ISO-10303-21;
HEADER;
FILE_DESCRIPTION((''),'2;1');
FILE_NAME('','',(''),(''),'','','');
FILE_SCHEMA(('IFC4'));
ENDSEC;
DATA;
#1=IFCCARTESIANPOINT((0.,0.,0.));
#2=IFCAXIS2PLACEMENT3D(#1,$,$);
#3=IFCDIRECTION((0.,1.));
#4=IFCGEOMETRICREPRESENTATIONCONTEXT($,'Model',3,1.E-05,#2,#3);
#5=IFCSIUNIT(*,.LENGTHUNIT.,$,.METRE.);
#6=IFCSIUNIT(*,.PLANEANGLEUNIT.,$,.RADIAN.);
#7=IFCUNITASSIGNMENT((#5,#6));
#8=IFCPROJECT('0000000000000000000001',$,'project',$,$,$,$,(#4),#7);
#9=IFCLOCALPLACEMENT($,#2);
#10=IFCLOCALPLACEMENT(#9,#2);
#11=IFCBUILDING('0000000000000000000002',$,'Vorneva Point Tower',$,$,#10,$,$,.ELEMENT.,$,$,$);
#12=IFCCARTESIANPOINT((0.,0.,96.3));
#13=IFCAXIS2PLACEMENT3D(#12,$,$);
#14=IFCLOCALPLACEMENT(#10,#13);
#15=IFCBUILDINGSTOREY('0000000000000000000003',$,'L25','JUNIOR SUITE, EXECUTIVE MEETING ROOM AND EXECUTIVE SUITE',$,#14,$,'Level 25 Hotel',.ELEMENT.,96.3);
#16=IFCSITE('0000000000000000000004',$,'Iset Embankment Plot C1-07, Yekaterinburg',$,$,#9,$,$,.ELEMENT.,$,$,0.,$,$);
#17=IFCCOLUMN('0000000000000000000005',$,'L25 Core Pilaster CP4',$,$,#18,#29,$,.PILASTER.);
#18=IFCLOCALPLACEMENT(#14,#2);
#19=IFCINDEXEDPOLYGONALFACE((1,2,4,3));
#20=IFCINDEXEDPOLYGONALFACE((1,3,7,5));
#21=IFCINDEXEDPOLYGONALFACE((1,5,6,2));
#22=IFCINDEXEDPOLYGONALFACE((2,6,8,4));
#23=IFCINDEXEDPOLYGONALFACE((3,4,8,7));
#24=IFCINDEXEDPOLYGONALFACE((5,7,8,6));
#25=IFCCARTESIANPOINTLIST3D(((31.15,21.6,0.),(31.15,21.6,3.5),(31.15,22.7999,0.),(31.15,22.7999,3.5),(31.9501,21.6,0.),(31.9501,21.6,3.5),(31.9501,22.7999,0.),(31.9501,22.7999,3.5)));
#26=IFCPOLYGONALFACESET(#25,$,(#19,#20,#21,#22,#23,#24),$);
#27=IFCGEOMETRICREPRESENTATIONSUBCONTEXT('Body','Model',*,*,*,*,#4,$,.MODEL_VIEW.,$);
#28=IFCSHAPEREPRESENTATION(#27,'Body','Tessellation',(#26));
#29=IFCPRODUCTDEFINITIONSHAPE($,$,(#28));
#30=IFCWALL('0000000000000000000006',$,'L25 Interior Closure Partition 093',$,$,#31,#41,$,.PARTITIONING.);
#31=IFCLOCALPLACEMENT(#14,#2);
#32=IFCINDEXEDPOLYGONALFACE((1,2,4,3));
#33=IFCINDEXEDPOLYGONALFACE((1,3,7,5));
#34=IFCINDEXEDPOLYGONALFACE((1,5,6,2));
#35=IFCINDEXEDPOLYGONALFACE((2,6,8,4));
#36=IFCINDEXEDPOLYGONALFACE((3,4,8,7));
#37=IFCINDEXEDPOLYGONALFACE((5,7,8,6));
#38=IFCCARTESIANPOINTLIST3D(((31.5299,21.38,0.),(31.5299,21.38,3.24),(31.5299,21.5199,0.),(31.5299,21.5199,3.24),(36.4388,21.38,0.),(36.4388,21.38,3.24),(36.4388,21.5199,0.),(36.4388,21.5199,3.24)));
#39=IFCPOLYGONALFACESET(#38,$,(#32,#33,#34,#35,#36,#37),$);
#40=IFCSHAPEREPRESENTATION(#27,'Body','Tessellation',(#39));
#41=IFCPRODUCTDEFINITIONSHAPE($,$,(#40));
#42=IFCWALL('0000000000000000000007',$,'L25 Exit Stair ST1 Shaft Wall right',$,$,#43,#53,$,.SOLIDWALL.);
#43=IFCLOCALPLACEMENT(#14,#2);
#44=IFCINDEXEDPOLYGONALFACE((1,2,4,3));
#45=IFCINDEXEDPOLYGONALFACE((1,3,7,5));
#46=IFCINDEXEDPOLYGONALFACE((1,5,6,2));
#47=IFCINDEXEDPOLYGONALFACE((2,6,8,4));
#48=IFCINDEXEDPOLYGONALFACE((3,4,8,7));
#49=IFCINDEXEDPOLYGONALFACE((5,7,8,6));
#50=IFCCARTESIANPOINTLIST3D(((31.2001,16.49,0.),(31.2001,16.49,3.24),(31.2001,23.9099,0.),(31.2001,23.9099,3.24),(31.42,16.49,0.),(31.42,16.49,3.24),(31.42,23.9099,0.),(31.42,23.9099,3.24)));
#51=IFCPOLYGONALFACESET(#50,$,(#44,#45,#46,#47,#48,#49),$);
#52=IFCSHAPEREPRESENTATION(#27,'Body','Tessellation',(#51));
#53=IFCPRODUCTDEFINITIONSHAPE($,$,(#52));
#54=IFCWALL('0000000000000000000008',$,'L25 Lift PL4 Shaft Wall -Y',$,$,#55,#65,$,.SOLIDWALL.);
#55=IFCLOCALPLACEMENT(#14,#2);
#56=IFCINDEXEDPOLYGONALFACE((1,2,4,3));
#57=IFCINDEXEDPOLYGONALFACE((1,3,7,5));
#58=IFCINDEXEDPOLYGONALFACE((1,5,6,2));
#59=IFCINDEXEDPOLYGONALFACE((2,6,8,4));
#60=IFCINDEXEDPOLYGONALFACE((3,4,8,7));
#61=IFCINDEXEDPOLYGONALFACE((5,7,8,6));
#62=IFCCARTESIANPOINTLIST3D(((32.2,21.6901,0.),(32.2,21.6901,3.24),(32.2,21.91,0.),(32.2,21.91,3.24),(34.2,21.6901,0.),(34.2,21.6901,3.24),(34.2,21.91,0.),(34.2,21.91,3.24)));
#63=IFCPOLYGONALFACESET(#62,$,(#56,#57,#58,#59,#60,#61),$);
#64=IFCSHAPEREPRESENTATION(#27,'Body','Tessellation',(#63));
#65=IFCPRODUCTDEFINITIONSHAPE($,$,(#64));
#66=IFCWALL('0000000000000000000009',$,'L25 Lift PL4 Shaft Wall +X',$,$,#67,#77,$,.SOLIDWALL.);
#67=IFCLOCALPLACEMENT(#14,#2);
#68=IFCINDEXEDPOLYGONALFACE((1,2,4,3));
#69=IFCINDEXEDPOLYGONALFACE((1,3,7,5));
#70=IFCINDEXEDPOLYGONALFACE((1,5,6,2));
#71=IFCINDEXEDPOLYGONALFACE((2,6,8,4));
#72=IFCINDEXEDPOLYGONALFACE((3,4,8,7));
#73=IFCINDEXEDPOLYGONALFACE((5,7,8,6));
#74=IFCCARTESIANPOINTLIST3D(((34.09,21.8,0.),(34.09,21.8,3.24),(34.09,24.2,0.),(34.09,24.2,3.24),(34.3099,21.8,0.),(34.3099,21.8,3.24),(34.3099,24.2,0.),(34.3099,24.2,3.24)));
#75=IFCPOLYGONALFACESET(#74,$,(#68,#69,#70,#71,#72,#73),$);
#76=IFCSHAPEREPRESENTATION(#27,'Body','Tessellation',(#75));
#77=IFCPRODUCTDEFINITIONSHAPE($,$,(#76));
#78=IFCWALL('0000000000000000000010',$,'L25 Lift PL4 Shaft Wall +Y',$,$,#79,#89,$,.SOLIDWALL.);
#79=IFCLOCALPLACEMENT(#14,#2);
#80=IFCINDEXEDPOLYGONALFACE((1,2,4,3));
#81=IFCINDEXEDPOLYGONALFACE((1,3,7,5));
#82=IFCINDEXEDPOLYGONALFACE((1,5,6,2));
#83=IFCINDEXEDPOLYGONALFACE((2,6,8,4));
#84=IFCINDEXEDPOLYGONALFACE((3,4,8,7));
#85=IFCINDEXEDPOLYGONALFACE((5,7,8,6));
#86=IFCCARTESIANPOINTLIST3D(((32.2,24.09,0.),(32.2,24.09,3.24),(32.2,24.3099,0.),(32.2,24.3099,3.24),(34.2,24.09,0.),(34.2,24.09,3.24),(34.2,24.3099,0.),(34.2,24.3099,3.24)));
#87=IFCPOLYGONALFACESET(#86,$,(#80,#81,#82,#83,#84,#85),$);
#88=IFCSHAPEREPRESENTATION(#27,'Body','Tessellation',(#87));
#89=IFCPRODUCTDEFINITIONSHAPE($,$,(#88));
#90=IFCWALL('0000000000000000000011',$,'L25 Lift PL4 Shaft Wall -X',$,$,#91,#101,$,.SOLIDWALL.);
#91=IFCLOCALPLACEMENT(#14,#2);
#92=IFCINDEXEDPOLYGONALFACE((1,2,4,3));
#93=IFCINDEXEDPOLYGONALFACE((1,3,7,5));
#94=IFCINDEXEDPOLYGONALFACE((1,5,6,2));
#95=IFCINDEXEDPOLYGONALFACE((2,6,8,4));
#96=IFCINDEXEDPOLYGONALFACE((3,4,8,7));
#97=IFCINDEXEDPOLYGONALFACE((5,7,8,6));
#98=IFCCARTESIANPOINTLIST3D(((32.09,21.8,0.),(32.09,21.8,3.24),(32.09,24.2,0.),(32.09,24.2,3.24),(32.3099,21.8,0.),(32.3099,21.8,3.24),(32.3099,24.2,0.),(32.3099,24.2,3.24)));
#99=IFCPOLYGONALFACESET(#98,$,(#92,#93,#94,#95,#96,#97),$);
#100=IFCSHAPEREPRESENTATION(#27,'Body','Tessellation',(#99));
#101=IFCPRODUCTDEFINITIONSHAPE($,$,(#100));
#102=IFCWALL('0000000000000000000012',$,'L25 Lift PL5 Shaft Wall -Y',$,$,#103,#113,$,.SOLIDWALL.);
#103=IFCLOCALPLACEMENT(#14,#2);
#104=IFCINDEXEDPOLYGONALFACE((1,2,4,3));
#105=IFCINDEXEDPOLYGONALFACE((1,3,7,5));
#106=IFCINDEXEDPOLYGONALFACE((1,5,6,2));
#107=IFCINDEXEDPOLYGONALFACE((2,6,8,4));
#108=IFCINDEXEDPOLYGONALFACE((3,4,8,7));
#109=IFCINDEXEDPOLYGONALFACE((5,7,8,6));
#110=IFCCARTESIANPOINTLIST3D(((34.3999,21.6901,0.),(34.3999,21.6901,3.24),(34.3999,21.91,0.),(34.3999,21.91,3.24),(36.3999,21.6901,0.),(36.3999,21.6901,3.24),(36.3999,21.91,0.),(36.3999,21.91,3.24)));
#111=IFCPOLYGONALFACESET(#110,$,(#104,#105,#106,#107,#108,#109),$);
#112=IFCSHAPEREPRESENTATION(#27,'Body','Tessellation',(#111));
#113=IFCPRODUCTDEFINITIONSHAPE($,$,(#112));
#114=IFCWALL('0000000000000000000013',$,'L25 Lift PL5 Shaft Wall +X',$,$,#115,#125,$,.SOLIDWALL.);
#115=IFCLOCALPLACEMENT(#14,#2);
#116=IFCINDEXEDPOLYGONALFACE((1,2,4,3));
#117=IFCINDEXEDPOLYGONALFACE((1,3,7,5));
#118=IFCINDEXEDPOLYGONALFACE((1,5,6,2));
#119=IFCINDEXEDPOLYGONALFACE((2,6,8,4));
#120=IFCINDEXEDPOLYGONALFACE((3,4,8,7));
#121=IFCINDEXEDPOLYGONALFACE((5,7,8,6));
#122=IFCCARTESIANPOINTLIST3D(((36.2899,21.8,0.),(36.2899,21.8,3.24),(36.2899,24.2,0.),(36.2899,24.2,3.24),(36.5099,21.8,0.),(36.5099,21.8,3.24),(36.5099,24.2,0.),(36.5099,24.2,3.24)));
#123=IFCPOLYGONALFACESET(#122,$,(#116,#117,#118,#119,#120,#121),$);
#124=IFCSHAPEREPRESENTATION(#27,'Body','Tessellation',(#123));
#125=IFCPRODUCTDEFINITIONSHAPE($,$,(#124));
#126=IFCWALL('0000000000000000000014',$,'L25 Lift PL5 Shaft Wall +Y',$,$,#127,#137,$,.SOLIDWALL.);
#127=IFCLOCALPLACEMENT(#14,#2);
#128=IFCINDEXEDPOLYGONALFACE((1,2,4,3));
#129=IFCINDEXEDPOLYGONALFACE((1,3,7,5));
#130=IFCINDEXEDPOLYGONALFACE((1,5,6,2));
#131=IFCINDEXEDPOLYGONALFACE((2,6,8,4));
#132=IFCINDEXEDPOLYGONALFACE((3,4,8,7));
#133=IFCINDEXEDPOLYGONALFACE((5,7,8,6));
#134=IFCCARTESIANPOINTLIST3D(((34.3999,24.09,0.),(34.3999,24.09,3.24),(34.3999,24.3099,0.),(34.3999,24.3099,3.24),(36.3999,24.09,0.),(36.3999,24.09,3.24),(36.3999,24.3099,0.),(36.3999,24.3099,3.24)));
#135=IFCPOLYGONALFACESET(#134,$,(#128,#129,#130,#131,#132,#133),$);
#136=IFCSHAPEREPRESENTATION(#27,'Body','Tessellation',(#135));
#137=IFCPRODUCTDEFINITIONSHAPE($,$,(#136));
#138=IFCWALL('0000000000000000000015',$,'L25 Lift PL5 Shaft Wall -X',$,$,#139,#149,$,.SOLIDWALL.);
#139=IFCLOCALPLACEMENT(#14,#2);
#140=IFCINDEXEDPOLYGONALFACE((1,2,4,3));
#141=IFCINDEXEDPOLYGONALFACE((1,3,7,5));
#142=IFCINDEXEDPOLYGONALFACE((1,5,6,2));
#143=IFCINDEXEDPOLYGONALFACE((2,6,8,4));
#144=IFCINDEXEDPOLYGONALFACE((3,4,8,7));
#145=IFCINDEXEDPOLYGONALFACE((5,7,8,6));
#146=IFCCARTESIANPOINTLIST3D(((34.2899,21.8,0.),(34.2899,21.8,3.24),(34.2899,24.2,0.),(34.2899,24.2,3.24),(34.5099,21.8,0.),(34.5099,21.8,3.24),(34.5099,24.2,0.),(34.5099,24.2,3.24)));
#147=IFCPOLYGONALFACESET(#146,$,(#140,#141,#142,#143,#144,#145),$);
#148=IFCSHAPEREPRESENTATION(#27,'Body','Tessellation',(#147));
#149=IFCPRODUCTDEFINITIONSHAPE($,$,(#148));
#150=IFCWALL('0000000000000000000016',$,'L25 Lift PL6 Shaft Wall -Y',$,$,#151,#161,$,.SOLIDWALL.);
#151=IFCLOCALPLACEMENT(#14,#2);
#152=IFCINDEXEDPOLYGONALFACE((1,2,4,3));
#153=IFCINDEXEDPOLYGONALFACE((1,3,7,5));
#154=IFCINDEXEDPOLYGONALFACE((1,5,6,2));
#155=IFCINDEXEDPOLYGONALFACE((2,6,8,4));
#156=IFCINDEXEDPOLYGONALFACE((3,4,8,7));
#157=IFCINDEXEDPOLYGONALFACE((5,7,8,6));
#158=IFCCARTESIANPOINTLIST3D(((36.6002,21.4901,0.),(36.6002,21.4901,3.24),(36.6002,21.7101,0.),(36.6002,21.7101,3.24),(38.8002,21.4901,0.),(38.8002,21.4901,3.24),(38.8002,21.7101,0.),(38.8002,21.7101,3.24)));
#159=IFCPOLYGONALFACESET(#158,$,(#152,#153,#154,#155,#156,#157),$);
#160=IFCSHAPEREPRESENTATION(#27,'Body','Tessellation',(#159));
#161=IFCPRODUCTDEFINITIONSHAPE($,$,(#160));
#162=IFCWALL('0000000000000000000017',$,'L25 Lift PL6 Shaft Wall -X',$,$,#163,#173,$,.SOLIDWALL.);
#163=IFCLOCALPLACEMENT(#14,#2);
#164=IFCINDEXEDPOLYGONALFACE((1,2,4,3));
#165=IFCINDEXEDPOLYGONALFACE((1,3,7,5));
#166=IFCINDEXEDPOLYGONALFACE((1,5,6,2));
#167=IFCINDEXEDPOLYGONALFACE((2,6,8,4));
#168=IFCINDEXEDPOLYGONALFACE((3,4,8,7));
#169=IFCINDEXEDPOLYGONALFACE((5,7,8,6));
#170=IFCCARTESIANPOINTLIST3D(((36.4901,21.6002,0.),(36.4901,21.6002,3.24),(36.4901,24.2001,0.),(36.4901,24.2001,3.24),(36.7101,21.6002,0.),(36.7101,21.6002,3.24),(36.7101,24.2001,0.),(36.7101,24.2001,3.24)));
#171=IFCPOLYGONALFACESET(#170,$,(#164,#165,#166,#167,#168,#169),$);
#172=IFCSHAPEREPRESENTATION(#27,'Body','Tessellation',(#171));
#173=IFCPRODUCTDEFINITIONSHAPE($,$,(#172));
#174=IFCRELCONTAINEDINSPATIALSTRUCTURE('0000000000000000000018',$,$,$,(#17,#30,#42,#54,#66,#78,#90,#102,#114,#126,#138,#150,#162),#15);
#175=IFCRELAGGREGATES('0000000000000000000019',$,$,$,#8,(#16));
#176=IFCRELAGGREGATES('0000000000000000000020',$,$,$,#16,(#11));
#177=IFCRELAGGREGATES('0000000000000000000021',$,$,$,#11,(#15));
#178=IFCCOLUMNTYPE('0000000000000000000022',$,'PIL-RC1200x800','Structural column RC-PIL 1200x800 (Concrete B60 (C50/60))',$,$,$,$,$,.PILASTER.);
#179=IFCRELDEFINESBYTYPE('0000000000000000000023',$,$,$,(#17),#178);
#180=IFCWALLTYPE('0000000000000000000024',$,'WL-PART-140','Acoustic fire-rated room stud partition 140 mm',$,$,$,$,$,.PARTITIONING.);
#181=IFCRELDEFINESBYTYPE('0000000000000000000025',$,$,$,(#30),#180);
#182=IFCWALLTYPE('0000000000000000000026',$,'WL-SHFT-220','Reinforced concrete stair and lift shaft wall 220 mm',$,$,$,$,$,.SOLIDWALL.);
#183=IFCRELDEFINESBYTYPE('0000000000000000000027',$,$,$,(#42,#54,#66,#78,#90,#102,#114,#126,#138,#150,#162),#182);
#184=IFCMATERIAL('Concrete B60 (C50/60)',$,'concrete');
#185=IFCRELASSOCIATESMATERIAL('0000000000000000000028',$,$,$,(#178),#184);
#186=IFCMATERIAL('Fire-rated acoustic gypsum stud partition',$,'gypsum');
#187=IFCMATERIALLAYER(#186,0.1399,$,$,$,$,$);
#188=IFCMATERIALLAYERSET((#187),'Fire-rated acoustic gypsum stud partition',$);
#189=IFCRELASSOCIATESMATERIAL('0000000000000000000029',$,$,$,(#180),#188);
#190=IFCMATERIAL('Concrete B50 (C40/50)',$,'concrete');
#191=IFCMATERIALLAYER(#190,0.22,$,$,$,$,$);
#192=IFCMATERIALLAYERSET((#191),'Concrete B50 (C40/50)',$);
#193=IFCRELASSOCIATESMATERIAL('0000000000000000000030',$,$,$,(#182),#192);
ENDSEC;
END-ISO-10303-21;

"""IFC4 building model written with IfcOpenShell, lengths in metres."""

from ifc_helpers import new_model, si_unit, direction, frame, frame_2d, origin, origin_2d, place, context, subcontext, project, spatial, rectangle, extrude, material, layer, layer_set, material_profile, profile_set, type_object, element, save


model = new_model("IFC4")

# Units and contexts
model_context = context("Model", 3, precision=1e-05, world=origin(), true_north=direction((0.0, 1.0)))
body_context = subcontext(model_context, "Body", "Model", "MODEL_VIEW")
ifc_project = project(units=[si_unit("LENGTHUNIT", "METRE"), si_unit("PLANEANGLEUNIT", "RADIAN")], contexts=[model_context])

# Site, building, storey
site_placement = place(None, origin())
site = spatial("IfcSite", under=ifc_project, at=site_placement, Name="Iset Embankment Plot C1-07, Yekaterinburg", CompositionType="ELEMENT", RefElevation=0.0)
building_placement = place(site_placement, origin())
building = spatial("IfcBuilding", under=site, at=building_placement, Name="Vorneva Point Tower", CompositionType="ELEMENT")
storey_placement = place(building_placement, frame((0.0, 0.0, 96.3)))
storey = spatial("IfcBuildingStorey", under=building, at=storey_placement, Name="L25", Description="JUNIOR SUITE, EXECUTIVE MEETING ROOM AND EXECUTIVE SUITE", LongName="Level 25 Hotel", CompositionType="ELEMENT", Elevation=96.3)

# Column
ifc_material_1 = material(Name="Concrete B60 (C50/60)", Category="concrete")
ifc_material_profile = material_profile(ifc_material_1, rectangle(XDim=0.8, YDim=1.2, at=origin_2d()), Name="RC-PIL 1200x800")
ifc_profile_set = profile_set([ifc_material_profile], Name="Concrete B60 (C50/60)")
column_type = type_object("IfcColumnType", Name="PIL-RC1200x800", Description="Structural column RC-PIL 1200x800 (Concrete B60 (C50/60))", PredefinedType="PILASTER", material=ifc_profile_set)
column_placement = place(storey_placement, frame((31.55, 22.2, 0.0), z_axis=(0.0, 0.0, 1.0), x_axis=(1.0, 0.0, 0.0)))
element("IfcColumn", 1, at=column_placement, inside=storey, type_object=column_type, Name="L25 Core Pilaster CP4", PredefinedType="PILASTER", context=body_context, shape_type="SweptSolid", body=[
    extrude(rectangle(XDim=0.8, YDim=1.2, at=origin_2d()), origin(), (0.0, 0.0, 1.0), 3.5),
])

# Wall
ifc_material_2 = material(Name="Fire-rated acoustic gypsum stud partition", Category="gypsum")
ifc_layer_1 = layer(ifc_material_2, 0.1399)
ifc_layer_set_1 = layer_set([ifc_layer_1], Name="Fire-rated acoustic gypsum stud partition")
wall_type_1 = type_object("IfcWallType", Name="WL-PART-140", Description="Acoustic fire-rated room stud partition 140 mm", PredefinedType="PARTITIONING", material=ifc_layer_set_1)
wall_1_placement = place(storey_placement, frame((36.439, 21.45, 0.0), z_axis=(0.0, 0.0, 1.0), x_axis=(-1.0, 0.0, 0.0)))
element("IfcWall", 2, at=wall_1_placement, inside=storey, type_object=wall_type_1, Name="L25 Interior Closure Partition 093", PredefinedType="PARTITIONING", context=body_context, shape_type="SweptSolid", body=[
    extrude(rectangle(XDim=4.9089, YDim=0.1399, at=frame_2d((2.4546, 0.0))), origin(), (0.0, 0.0, 1.0), 3.24),
])

# Shared definitions
ifc_material_3 = material(Name="Concrete B50 (C40/50)", Category="concrete")
ifc_layer_2 = layer(ifc_material_3, 0.22)
ifc_layer_set_2 = layer_set([ifc_layer_2], Name="Concrete B50 (C40/50)")
wall_type_2 = type_object("IfcWallType", Name="WL-SHFT-220", Description="Reinforced concrete stair and lift shaft wall 220 mm", PredefinedType="SOLIDWALL", material=ifc_layer_set_2)

# Walls
wall_2_placement = place(storey_placement, frame((31.3101, 23.9099, 0.0), z_axis=(0.0, 0.0, 1.0), x_axis=(0.0, -1.0, 0.0)))
element("IfcWall", 3, at=wall_2_placement, inside=storey, type_object=wall_type_2, Name="L25 Exit Stair ST1 Shaft Wall right", PredefinedType="SOLIDWALL", context=body_context, shape_type="SweptSolid", body=[
    extrude(rectangle(XDim=7.4199, YDim=0.22, at=frame_2d((3.71, 0.0))), origin(), (0.0, 0.0, 1.0), 3.24),
])
wall_3_placement = place(storey_placement, frame((32.2, 21.8, 0.0), z_axis=(0.0, 0.0, 1.0), x_axis=(1.0, 0.0, 0.0)))
element("IfcWall", 4, at=wall_3_placement, inside=storey, type_object=wall_type_2, Name="L25 Lift PL4 Shaft Wall -Y", PredefinedType="SOLIDWALL", context=body_context, shape_type="SweptSolid", body=[
    extrude(rectangle(XDim=2.0, YDim=0.22, at=frame_2d((1.0, 0.0))), origin(), (0.0, 0.0, 1.0), 3.24),
])
wall_4_placement = place(storey_placement, frame((34.2, 21.8, 0.0), z_axis=(0.0, 0.0, 1.0), x_axis=(0.0, 1.0, 0.0)))
element("IfcWall", 5, at=wall_4_placement, inside=storey, type_object=wall_type_2, Name="L25 Lift PL4 Shaft Wall +X", PredefinedType="SOLIDWALL", context=body_context, shape_type="SweptSolid", body=[
    extrude(rectangle(XDim=2.3999, YDim=0.22, at=frame_2d((1.2, 0.0))), origin(), (0.0, 0.0, 1.0), 3.24),
])
wall_5_placement = place(storey_placement, frame((34.2, 24.2, 0.0), z_axis=(0.0, 0.0, 1.0), x_axis=(-1.0, 0.0, 0.0)))
element("IfcWall", 6, at=wall_5_placement, inside=storey, type_object=wall_type_2, Name="L25 Lift PL4 Shaft Wall +Y", PredefinedType="SOLIDWALL", context=body_context, shape_type="SweptSolid", body=[
    extrude(rectangle(XDim=2.0, YDim=0.22, at=frame_2d((1.0, 0.0))), origin(), (0.0, 0.0, 1.0), 3.24),
])
wall_6_placement = place(storey_placement, frame((32.2, 24.2, 0.0), z_axis=(0.0, 0.0, 1.0), x_axis=(0.0, -1.0, 0.0)))
element("IfcWall", 7, at=wall_6_placement, inside=storey, type_object=wall_type_2, Name="L25 Lift PL4 Shaft Wall -X", PredefinedType="SOLIDWALL", context=body_context, shape_type="SweptSolid", body=[
    extrude(rectangle(XDim=2.3999, YDim=0.22, at=frame_2d((1.2, 0.0))), origin(), (0.0, 0.0, 1.0), 3.24),
])
wall_7_placement = place(storey_placement, frame((34.3999, 21.8, 0.0), z_axis=(0.0, 0.0, 1.0), x_axis=(1.0, 0.0, 0.0)))
element("IfcWall", 8, at=wall_7_placement, inside=storey, type_object=wall_type_2, Name="L25 Lift PL5 Shaft Wall -Y", PredefinedType="SOLIDWALL", context=body_context, shape_type="SweptSolid", body=[
    extrude(rectangle(XDim=2.0, YDim=0.22, at=frame_2d((1.0, 0.0))), origin(), (0.0, 0.0, 1.0), 3.24),
])
wall_8_placement = place(storey_placement, frame((36.3999, 21.8, 0.0), z_axis=(0.0, 0.0, 1.0), x_axis=(0.0, 1.0, 0.0)))
element("IfcWall", 9, at=wall_8_placement, inside=storey, type_object=wall_type_2, Name="L25 Lift PL5 Shaft Wall +X", PredefinedType="SOLIDWALL", context=body_context, shape_type="SweptSolid", body=[
    extrude(rectangle(XDim=2.3999, YDim=0.22, at=frame_2d((1.2, 0.0))), origin(), (0.0, 0.0, 1.0), 3.24),
])
wall_9_placement = place(storey_placement, frame((36.3999, 24.2, 0.0), z_axis=(0.0, 0.0, 1.0), x_axis=(-1.0, 0.0, 0.0)))
element("IfcWall", 10, at=wall_9_placement, inside=storey, type_object=wall_type_2, Name="L25 Lift PL5 Shaft Wall +Y", PredefinedType="SOLIDWALL", context=body_context, shape_type="SweptSolid", body=[
    extrude(rectangle(XDim=2.0, YDim=0.22, at=frame_2d((1.0, 0.0))), origin(), (0.0, 0.0, 1.0), 3.24),
])
wall_10_placement = place(storey_placement, frame((34.3999, 24.2, 0.0), z_axis=(0.0, 0.0, 1.0), x_axis=(0.0, -1.0, 0.0)))
element("IfcWall", 11, at=wall_10_placement, inside=storey, type_object=wall_type_2, Name="L25 Lift PL5 Shaft Wall -X", PredefinedType="SOLIDWALL", context=body_context, shape_type="SweptSolid", body=[
    extrude(rectangle(XDim=2.3999, YDim=0.22, at=frame_2d((1.2, 0.0))), origin(), (0.0, 0.0, 1.0), 3.24),
])
wall_11_placement = place(storey_placement, frame((36.6001, 21.6001, 0.0), z_axis=(0.0, 0.0, 1.0), x_axis=(1.0, 0.0, 0.0)))
element("IfcWall", 12, at=wall_11_placement, inside=storey, type_object=wall_type_2, Name="L25 Lift PL6 Shaft Wall -Y", PredefinedType="SOLIDWALL", context=body_context, shape_type="SweptSolid", body=[
    extrude(rectangle(XDim=2.2, YDim=0.22, at=frame_2d((1.1001, 0.0))), origin(), (0.0, 0.0, 1.0), 3.24),
])
wall_12_placement = place(storey_placement, frame((36.6001, 24.2, 0.0), z_axis=(0.0, 0.0, 1.0), x_axis=(0.0, -1.0, 0.0)))
element("IfcWall", 13, at=wall_12_placement, inside=storey, type_object=wall_type_2, Name="L25 Lift PL6 Shaft Wall -X", PredefinedType="SOLIDWALL", context=body_context, shape_type="SweptSolid", body=[
    extrude(rectangle(XDim=2.5999, YDim=0.22, at=frame_2d((1.2998, 0.0))), origin(), (0.0, 0.0, 1.0), 3.24),
])

save(model, "model.ifc")
